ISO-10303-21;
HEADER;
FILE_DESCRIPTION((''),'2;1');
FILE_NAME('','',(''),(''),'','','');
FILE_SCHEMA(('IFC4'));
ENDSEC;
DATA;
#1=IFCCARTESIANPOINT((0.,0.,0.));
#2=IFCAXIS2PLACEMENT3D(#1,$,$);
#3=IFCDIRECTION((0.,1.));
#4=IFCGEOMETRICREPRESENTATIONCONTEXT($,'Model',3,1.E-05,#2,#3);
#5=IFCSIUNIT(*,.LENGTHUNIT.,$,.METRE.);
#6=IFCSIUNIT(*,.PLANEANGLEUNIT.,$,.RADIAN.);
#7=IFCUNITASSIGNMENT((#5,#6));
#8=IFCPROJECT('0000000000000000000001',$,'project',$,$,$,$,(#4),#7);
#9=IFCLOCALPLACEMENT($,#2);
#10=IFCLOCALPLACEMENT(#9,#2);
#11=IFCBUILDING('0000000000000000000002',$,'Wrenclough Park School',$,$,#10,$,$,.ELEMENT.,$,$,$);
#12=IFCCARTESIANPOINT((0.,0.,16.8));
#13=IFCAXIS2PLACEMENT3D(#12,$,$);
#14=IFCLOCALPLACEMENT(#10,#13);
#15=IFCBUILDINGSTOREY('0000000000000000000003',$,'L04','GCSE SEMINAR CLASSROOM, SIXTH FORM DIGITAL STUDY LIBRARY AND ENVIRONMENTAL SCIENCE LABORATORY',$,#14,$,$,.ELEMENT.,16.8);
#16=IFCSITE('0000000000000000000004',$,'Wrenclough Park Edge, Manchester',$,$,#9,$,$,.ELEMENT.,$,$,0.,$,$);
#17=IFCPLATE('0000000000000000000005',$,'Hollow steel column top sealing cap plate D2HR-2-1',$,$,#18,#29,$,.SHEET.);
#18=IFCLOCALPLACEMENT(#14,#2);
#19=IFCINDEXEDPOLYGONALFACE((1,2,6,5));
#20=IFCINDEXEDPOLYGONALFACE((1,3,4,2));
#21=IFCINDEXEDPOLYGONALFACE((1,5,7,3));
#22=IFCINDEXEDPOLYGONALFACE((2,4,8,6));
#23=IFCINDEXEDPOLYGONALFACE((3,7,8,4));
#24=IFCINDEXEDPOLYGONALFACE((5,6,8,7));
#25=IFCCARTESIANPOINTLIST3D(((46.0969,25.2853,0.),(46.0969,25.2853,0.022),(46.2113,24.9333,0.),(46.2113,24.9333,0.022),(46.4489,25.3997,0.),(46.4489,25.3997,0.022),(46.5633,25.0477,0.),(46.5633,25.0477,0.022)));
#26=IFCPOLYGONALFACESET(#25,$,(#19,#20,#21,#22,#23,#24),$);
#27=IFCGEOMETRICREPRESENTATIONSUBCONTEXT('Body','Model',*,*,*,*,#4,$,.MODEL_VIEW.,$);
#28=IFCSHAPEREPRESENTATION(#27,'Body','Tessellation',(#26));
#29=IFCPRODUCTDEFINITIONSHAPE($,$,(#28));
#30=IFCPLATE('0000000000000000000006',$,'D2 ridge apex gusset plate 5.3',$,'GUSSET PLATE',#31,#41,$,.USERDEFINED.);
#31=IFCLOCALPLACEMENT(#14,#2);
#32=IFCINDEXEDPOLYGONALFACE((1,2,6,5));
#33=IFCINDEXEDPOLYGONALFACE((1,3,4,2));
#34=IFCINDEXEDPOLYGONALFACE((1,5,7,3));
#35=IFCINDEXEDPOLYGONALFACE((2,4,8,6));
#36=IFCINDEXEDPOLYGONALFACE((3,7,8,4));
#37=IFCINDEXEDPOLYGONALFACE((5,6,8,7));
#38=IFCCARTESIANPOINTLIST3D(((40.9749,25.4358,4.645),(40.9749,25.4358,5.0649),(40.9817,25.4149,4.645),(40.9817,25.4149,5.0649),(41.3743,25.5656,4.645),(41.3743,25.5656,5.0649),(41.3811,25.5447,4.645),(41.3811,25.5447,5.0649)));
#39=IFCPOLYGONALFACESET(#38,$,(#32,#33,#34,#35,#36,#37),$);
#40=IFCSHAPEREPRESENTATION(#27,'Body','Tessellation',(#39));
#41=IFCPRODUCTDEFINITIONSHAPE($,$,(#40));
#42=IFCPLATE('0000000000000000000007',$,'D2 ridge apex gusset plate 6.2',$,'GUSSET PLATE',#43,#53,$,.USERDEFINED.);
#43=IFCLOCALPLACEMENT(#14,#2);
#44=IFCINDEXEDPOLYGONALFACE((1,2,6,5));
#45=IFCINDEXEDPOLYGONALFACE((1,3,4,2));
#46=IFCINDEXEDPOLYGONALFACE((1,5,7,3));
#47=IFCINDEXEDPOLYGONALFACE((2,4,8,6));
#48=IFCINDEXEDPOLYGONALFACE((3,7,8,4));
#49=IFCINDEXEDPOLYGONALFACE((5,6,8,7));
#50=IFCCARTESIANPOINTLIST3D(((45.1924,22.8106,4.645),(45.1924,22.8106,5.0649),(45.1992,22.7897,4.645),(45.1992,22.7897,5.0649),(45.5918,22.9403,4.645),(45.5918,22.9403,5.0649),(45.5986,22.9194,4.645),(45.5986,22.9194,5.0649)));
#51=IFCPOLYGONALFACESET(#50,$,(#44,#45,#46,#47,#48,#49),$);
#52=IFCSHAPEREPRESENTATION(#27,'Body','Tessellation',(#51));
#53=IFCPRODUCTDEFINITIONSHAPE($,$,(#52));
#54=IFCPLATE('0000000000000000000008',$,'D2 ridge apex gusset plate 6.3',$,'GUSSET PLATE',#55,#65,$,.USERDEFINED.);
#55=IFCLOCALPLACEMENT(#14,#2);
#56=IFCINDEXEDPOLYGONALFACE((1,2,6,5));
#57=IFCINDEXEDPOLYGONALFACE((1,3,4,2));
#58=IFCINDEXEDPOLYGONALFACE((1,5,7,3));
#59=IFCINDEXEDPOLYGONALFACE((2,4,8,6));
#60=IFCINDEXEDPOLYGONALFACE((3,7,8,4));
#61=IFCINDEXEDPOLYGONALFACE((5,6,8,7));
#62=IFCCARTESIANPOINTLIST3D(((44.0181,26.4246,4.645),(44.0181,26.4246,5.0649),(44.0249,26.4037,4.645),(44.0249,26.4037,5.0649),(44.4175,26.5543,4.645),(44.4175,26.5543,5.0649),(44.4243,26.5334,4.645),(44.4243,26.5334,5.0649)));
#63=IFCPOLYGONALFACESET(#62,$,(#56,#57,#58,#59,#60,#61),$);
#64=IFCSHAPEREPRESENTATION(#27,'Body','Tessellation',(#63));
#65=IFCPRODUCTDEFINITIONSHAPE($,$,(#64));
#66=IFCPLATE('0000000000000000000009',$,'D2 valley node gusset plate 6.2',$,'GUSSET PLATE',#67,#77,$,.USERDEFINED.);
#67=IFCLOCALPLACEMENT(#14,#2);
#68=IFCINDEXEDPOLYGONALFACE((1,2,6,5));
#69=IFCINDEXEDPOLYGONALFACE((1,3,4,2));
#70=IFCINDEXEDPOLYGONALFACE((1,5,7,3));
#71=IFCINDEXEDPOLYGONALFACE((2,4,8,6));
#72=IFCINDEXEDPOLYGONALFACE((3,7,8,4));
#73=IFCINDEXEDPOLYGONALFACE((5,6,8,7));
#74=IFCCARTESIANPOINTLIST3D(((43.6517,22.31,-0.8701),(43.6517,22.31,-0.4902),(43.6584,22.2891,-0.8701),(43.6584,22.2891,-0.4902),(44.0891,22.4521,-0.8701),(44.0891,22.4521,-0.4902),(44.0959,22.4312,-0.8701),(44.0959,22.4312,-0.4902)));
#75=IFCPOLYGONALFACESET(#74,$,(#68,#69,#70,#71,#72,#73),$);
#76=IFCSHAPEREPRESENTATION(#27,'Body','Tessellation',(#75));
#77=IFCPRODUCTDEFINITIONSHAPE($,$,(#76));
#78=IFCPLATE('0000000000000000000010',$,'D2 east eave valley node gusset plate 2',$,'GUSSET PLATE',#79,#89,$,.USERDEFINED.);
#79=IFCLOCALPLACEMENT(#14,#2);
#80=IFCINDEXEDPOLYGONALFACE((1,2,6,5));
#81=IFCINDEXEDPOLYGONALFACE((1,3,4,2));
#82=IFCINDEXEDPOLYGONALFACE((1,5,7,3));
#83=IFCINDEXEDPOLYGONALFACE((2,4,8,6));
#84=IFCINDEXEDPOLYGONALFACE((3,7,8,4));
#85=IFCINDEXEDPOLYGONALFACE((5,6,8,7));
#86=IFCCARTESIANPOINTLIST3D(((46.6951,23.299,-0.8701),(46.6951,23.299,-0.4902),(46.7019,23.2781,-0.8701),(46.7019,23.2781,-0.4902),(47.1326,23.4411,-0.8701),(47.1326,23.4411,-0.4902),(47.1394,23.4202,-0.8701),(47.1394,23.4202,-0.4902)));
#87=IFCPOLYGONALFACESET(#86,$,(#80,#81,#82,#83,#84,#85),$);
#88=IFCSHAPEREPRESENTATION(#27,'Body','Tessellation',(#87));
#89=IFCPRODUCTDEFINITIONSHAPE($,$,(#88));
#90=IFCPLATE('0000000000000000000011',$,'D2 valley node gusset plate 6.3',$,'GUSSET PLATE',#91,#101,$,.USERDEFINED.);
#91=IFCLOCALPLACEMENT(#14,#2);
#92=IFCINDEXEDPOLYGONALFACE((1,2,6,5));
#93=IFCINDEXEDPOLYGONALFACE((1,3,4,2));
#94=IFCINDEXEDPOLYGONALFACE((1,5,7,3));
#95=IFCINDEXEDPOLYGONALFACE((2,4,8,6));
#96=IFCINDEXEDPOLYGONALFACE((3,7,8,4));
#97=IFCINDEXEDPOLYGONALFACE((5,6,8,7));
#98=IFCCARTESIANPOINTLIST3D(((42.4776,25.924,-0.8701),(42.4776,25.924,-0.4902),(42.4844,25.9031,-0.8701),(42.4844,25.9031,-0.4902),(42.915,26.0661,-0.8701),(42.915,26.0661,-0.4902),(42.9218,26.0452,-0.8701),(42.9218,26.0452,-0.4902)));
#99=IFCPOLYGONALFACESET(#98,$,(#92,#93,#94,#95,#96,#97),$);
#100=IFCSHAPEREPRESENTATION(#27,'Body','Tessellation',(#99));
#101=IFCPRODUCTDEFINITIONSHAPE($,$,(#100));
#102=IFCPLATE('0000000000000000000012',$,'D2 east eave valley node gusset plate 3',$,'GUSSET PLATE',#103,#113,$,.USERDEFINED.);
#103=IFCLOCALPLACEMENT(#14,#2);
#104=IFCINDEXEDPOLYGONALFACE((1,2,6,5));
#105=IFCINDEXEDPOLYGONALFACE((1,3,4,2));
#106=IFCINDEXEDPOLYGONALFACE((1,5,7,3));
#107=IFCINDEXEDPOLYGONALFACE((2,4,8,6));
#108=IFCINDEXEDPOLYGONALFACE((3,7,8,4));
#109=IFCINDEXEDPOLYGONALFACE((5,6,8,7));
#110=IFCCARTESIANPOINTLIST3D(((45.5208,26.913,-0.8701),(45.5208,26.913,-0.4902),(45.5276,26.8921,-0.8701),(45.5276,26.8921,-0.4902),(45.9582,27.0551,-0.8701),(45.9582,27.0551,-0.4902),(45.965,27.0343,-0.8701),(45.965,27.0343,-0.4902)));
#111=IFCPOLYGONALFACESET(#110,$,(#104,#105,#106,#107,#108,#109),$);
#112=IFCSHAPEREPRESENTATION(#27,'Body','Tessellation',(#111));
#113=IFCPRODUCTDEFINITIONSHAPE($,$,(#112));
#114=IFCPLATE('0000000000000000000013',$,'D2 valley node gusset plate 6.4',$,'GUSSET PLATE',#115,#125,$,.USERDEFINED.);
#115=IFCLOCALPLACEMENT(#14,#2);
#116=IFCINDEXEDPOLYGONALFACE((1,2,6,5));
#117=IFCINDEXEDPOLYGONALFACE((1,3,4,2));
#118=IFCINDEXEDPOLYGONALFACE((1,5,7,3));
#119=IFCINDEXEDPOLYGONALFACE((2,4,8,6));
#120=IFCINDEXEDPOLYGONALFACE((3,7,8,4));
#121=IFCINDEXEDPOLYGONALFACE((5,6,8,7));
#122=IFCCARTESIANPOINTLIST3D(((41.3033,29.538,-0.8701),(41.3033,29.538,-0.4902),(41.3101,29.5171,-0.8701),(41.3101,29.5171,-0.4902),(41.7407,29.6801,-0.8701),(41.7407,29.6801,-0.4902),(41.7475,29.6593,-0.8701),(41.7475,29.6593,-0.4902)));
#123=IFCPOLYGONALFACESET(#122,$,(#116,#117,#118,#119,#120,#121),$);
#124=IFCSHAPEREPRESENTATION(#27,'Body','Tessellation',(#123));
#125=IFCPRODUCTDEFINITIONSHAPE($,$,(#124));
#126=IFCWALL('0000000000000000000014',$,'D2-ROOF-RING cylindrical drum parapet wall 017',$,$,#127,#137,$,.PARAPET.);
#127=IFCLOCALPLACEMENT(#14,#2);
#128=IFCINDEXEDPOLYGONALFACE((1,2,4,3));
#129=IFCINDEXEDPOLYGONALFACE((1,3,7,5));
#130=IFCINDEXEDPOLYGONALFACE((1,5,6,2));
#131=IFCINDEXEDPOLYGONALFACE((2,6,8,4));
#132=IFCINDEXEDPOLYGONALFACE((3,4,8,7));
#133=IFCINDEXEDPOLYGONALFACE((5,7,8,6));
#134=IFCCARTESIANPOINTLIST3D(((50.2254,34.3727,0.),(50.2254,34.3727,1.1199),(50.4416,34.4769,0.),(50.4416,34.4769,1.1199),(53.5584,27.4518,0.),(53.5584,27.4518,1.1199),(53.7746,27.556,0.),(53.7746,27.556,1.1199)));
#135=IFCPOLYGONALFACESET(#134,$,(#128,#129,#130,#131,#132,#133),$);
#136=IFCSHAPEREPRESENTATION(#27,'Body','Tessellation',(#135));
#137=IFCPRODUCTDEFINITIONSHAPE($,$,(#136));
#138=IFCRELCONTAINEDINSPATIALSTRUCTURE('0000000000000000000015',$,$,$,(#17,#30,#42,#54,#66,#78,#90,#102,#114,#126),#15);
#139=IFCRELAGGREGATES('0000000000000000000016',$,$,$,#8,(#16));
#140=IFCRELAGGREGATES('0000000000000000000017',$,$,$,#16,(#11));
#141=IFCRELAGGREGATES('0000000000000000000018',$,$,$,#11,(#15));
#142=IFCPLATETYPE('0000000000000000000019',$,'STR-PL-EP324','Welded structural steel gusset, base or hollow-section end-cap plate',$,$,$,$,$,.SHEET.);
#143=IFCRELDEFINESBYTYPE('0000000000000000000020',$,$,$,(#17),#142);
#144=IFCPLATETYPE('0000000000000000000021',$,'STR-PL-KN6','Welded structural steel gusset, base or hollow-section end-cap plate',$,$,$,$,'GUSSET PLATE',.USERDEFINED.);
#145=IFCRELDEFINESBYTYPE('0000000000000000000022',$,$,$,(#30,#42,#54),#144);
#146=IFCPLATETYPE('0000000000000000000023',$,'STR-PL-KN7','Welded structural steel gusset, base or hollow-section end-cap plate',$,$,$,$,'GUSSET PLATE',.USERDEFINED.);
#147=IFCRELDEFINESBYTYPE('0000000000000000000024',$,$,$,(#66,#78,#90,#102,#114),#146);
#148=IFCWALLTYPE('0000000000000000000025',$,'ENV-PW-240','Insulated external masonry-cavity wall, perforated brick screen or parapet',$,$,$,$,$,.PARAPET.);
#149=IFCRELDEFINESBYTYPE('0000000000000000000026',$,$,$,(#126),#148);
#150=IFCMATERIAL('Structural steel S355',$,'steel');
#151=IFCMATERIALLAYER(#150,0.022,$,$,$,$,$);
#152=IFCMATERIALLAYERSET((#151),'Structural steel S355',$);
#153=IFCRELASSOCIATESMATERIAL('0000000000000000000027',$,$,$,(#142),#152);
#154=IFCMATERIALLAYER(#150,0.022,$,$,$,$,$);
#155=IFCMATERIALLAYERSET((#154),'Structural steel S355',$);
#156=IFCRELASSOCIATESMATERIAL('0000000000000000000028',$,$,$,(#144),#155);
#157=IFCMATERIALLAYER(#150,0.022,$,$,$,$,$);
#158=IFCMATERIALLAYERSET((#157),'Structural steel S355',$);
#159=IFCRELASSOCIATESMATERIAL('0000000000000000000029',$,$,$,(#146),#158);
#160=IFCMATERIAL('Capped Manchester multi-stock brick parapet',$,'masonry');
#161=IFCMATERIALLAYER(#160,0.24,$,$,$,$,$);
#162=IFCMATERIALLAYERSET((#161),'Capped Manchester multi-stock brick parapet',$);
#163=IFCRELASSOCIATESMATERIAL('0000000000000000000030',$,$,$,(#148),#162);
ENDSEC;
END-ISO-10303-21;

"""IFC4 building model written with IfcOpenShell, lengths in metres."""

from ifc_helpers import new_model, si_unit, direction, frame, frame_2d, origin, origin_2d, place, context, subcontext, project, spatial, rectangle, extrude, material, layer, layer_set, type_object, element, save


model = new_model("IFC4")

# Units and contexts
model_context = context("Model", 3, precision=1e-05, world=origin(), true_north=direction((0.0, 1.0)))
body_context = subcontext(model_context, "Body", "Model", "MODEL_VIEW")
ifc_project = project(units=[si_unit("LENGTHUNIT", "METRE"), si_unit("PLANEANGLEUNIT", "RADIAN")], contexts=[model_context])

# Site, building, storey
site_placement = place(None, origin())
site = spatial("IfcSite", under=ifc_project, at=site_placement, Name="Wrenclough Park Edge, Manchester", CompositionType="ELEMENT", RefElevation=0.0)
building_placement = place(site_placement, origin())
building = spatial("IfcBuilding", under=site, at=building_placement, Name="Wrenclough Park School", CompositionType="ELEMENT")
storey_placement = place(building_placement, frame((0.0, 0.0, 16.8)))
storey = spatial("IfcBuildingStorey", under=building, at=storey_placement, Name="L04", Description="GCSE SEMINAR CLASSROOM, SIXTH FORM DIGITAL STUDY LIBRARY AND ENVIRONMENTAL SCIENCE LABORATORY", CompositionType="ELEMENT", Elevation=16.8)

# Shared definitions
ifc_material_1 = material(Name="Structural steel S355", Category="steel")

# Plates
ifc_layer_1 = layer(ifc_material_1, 0.022)
ifc_layer_set_1 = layer_set([ifc_layer_1], Name="Structural steel S355")
plate_type_1 = type_object("IfcPlateType", Name="STR-PL-EP324", Description="Welded structural steel gusset, base or hollow-section end-cap plate", PredefinedType="SHEET", material=ifc_layer_set_1)
plate_1_placement = place(storey_placement, frame((46.3301, 25.1665, 0.0), z_axis=(0.0, 0.0, 1.0), x_axis=(0.951057, 0.309017, 0.0)))
element("IfcPlate", 1, at=plate_1_placement, inside=storey, type_object=plate_type_1, Name="Hollow steel column top sealing cap plate D2HR-2-1", PredefinedType="SHEET", context=body_context, shape_type="SweptSolid", body=[
    extrude(rectangle(XDim=0.3701, YDim=0.3701, at=origin_2d()), origin(), (0.0, 0.0, 1.0), 0.022),
])
ifc_layer_2 = layer(ifc_material_1, 0.022)
ifc_layer_set_2 = layer_set([ifc_layer_2], Name="Structural steel S355")
plate_type_2 = type_object("IfcPlateType", Name="STR-PL-KN6", Description="Welded structural steel gusset, base or hollow-section end-cap plate", ElementType="GUSSET PLATE", PredefinedType="USERDEFINED", material=ifc_layer_set_2)
for number, where, z_axis, x_axis, name in (
    (2, (41.178, 25.4902, 4.645), (0.0, 0.0, 1.0), (0.951057, 0.309017, 0.0), "D2 ridge apex gusset plate 5.3"),
    (3, (45.3955, 22.865, 4.645), (0.0, 0.0, 1.0), (0.951057, 0.309017, 0.0), "D2 ridge apex gusset plate 6.2"),
    (4, (44.2212, 26.479, 4.645), (0.0, 0.0, 1.0), (0.951057, 0.309017, 0.0), "D2 ridge apex gusset plate 6.3"),
):
    element("IfcPlate", number, at=place(storey_placement, frame(where, z_axis=z_axis, x_axis=x_axis)), inside=storey, type_object=plate_type_2, Name=name, ObjectType="GUSSET PLATE", PredefinedType="USERDEFINED", context=body_context, shape_type="SweptSolid", body=[
        extrude(rectangle(XDim=0.4199, YDim=0.022, at=origin_2d()), origin(), (0.0, 0.0, 1.0), 0.4199),
    ])
ifc_layer_3 = layer(ifc_material_1, 0.022)
ifc_layer_set_3 = layer_set([ifc_layer_3], Name="Structural steel S355")
plate_type_3 = type_object("IfcPlateType", Name="STR-PL-KN7", Description="Welded structural steel gusset, base or hollow-section end-cap plate", ElementType="GUSSET PLATE", PredefinedType="USERDEFINED", material=ifc_layer_set_3)
for number, where, z_axis, x_axis, name in (
    (5, (43.8738, 22.3706, -0.8701), (0.0, 0.0, 1.0), (0.951057, 0.309017, 0.0), "D2 valley node gusset plate 6.2"),
    (6, (46.9172, 23.3596, -0.8701), (0.0, 0.0, 1.0), (0.951057, 0.309017, 0.0), "D2 east eave valley node gusset plate 2"),
    (7, (42.6997, 25.9846, -0.8701), (0.0, 0.0, 1.0), (0.951057, 0.309017, 0.0), "D2 valley node gusset plate 6.3"),
    (8, (45.7429, 26.9736, -0.8701), (0.0, 0.0, 1.0), (0.951057, 0.309017, 0.0), "D2 east eave valley node gusset plate 3"),
    (9, (41.5254, 29.5986, -0.8701), (0.0, 0.0, 1.0), (0.951057, 0.309017, 0.0), "D2 valley node gusset plate 6.4"),
):
    element("IfcPlate", number, at=place(storey_placement, frame(where, z_axis=z_axis, x_axis=x_axis)), inside=storey, type_object=plate_type_3, Name=name, ObjectType="GUSSET PLATE", PredefinedType="USERDEFINED", context=body_context, shape_type="SweptSolid", body=[
        extrude(rectangle(XDim=0.46, YDim=0.022, at=origin_2d()), origin(), (0.0, 0.0, 1.0), 0.3799),
    ])

# Wall
ifc_material_2 = material(Name="Capped Manchester multi-stock brick parapet", Category="masonry")
ifc_layer_4 = layer(ifc_material_2, 0.24)
ifc_layer_set_4 = layer_set([ifc_layer_4], Name="Capped Manchester multi-stock brick parapet")
wall_type = type_object("IfcWallType", Name="ENV-PW-240", Description="Insulated external masonry-cavity wall, perforated brick screen or parapet", PredefinedType="PARAPET", material=ifc_layer_set_4)
wall_placement = place(storey_placement, frame((53.6665, 27.5039, 0.0), z_axis=(0.0, 0.0, 1.0), x_axis=(-0.433892, 0.900965, 0.0)))
element("IfcWall", 10, at=wall_placement, inside=storey, type_object=wall_type, Name="D2-ROOF-RING cylindrical drum parapet wall 017", PredefinedType="PARAPET", context=body_context, shape_type="SweptSolid", body=[
    extrude(rectangle(XDim=7.6816, YDim=0.24, at=frame_2d((3.8408, 0.0))), origin(), (0.0, 0.0, 1.0), 1.1199),
])

save(model, "model.ifc")
